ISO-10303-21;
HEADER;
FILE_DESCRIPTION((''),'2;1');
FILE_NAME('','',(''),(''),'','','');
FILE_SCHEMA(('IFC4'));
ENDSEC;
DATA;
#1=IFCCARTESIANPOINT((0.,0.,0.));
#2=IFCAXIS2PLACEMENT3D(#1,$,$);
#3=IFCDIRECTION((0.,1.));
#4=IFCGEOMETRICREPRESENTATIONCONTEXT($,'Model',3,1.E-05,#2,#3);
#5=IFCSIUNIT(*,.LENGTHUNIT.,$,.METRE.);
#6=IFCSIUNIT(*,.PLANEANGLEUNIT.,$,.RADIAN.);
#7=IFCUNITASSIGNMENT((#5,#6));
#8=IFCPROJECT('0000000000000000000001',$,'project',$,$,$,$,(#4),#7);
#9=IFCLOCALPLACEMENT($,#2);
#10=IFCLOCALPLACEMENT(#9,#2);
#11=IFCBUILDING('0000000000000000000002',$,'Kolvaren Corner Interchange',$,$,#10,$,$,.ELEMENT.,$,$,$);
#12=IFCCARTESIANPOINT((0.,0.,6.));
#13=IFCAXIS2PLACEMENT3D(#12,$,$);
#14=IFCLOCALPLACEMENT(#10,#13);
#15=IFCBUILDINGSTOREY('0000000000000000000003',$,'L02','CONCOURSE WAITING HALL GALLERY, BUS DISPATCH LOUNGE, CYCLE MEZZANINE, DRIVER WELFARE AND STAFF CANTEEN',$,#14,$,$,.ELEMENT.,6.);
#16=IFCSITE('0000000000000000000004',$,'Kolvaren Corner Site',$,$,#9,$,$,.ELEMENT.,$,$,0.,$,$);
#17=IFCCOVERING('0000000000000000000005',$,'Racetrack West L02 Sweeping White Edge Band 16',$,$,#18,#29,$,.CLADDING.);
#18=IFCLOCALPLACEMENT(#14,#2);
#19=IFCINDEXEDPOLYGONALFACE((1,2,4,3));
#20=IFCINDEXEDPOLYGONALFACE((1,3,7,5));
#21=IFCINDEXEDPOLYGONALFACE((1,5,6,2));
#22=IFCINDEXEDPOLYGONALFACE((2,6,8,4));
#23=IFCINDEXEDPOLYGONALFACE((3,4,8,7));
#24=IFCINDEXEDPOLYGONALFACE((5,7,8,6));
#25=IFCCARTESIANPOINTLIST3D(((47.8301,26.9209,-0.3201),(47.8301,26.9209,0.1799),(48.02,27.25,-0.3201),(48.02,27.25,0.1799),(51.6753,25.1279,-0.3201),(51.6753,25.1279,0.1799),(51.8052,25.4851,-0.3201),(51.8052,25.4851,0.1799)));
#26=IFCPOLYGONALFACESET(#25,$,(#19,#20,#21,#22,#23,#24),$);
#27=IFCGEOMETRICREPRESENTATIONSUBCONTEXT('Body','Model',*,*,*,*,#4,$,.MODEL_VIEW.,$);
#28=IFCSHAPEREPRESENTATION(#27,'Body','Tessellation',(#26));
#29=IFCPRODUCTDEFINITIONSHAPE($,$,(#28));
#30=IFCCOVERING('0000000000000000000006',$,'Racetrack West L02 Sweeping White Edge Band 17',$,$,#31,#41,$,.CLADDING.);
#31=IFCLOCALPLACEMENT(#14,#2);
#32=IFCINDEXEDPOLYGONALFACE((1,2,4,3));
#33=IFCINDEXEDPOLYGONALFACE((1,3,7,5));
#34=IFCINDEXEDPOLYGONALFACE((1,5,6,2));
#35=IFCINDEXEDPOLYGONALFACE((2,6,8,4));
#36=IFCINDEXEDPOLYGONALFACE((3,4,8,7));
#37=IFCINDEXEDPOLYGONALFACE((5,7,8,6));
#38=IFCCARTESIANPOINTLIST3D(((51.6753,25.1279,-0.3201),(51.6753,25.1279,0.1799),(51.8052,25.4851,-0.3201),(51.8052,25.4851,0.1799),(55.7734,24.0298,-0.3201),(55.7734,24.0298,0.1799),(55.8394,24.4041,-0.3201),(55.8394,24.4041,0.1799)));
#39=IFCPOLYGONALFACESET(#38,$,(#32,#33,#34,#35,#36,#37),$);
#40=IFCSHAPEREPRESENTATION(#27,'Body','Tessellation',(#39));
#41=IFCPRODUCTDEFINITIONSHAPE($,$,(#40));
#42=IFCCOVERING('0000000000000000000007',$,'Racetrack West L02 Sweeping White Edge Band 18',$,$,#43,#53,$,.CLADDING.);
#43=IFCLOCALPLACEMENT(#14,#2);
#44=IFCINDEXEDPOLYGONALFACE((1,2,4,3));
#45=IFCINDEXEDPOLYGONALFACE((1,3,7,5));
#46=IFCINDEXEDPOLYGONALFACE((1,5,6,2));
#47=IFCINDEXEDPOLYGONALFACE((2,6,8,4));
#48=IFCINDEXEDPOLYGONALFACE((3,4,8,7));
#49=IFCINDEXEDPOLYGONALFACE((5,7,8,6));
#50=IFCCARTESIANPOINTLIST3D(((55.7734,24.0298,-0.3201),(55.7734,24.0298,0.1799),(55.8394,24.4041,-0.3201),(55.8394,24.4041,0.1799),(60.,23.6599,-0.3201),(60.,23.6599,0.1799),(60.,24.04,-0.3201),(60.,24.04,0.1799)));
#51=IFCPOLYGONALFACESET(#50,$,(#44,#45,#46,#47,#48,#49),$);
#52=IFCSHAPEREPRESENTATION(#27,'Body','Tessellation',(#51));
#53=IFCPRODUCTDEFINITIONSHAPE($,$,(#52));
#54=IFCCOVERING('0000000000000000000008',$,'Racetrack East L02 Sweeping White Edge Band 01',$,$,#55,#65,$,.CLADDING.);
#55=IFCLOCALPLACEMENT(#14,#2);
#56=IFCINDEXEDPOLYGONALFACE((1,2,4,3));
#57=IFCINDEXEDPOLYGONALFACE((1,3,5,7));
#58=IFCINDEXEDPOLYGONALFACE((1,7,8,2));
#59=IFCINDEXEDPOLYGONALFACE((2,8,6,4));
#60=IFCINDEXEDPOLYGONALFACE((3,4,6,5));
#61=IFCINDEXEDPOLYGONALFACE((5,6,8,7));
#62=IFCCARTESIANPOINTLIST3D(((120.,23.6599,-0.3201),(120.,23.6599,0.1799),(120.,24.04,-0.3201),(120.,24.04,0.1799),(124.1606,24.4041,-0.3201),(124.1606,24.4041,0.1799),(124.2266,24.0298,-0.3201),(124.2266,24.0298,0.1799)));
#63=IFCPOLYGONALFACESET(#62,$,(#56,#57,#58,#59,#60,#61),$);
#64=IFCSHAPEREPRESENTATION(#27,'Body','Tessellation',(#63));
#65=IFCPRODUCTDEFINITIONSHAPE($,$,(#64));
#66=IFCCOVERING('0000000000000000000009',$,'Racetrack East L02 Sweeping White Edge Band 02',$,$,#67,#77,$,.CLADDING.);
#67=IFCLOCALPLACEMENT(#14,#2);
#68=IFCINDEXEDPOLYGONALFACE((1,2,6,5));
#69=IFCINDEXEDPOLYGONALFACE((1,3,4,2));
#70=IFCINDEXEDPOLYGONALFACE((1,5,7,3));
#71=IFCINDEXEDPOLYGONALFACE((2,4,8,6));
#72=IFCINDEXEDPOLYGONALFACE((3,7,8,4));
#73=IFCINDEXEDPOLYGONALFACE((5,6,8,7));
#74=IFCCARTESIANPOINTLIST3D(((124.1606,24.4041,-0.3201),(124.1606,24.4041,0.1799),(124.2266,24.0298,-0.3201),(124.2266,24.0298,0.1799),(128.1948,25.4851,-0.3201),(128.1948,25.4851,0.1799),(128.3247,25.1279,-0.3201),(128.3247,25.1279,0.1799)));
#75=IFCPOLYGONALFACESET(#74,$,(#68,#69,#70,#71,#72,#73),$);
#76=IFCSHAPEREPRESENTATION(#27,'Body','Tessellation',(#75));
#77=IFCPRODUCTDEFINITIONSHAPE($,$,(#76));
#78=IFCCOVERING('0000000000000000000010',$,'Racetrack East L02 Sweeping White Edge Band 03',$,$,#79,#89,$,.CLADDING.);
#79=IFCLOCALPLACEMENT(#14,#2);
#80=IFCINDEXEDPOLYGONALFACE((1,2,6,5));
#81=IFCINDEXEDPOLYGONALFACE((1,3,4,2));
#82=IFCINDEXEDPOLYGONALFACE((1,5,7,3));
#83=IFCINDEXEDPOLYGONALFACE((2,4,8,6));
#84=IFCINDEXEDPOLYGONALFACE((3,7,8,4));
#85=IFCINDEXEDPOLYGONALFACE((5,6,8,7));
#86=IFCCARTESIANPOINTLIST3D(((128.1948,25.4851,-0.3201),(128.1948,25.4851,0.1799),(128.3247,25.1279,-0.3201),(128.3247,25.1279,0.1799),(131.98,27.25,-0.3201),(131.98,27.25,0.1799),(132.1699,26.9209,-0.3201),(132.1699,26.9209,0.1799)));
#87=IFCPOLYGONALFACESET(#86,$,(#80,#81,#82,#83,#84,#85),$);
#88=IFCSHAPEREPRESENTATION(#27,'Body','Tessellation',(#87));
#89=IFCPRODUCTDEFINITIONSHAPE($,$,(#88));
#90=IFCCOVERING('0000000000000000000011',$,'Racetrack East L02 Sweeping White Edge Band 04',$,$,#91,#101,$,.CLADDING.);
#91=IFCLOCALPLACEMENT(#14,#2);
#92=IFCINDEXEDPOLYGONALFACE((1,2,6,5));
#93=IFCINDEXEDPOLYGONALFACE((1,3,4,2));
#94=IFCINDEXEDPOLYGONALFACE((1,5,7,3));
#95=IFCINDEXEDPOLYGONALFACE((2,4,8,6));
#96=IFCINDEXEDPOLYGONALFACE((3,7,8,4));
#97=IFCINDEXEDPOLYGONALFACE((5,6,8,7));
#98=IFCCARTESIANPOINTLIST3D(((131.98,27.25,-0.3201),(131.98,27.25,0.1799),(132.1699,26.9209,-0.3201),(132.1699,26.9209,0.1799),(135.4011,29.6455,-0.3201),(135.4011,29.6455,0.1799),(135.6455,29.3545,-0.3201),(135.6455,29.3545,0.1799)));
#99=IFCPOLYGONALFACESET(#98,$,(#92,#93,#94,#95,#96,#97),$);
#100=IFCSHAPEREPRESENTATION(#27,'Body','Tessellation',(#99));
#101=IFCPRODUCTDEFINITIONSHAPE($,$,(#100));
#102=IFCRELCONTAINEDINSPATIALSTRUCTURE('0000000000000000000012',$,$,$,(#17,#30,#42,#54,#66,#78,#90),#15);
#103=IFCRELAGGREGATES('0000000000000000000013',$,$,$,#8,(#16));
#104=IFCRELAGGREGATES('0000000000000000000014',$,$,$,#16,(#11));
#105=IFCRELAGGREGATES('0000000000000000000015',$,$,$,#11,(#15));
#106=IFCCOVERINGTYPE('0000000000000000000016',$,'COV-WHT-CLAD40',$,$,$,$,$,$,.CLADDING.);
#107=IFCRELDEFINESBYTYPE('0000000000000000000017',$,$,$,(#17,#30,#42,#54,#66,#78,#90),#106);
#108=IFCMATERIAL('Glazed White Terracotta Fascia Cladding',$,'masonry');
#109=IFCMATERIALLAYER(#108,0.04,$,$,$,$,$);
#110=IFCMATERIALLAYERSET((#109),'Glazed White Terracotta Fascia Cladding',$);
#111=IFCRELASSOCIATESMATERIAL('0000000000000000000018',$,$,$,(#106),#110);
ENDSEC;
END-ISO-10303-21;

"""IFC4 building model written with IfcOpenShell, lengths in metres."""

from ifc_helpers import new_model, si_unit, direction, frame, origin, place, context, subcontext, project, spatial, polyline, outline, extrude, material, layer, layer_set, type_object, element, save


model = new_model("IFC4")

# Units and contexts
model_context = context("Model", 3, precision=1e-05, world=origin(), true_north=direction((0.0, 1.0)))
body_context = subcontext(model_context, "Body", "Model", "MODEL_VIEW")
ifc_project = project(units=[si_unit("LENGTHUNIT", "METRE"), si_unit("PLANEANGLEUNIT", "RADIAN")], contexts=[model_context])

# Site, building, storey
site_placement = place(None, origin())
site = spatial("IfcSite", under=ifc_project, at=site_placement, Name="Kolvaren Corner Site", CompositionType="ELEMENT", RefElevation=0.0)
building_placement = place(site_placement, origin())
building = spatial("IfcBuilding", under=site, at=building_placement, Name="Kolvaren Corner Interchange", CompositionType="ELEMENT")
storey_placement = place(building_placement, frame((0.0, 0.0, 6.0)))
storey = spatial("IfcBuildingStorey", under=building, at=storey_placement, Name="L02", Description="CONCOURSE WAITING HALL GALLERY, BUS DISPATCH LOUNGE, CYCLE MEZZANINE, DRIVER WELFARE AND STAFF CANTEEN", CompositionType="ELEMENT", Elevation=6.0)

# Coverings
ifc_material = material(Name="Glazed White Terracotta Fascia Cladding", Category="masonry")
ifc_layer = layer(ifc_material, 0.04)
ifc_layer_set = layer_set([ifc_layer], Name="Glazed White Terracotta Fascia Cladding")
covering_type = type_object("IfcCoveringType", Name="COV-WHT-CLAD40", PredefinedType="CLADDING", material=ifc_layer_set)
covering_1_placement = place(storey_placement, frame((0.0, 0.0, -0.3201)))
element("IfcCovering", 1, at=covering_1_placement, inside=storey, type_object=covering_type, Name="Racetrack West L02 Sweeping White Edge Band 16", PredefinedType="CLADDING", context=body_context, shape_type="SweptSolid", body=[
    extrude(outline(polyline([(48.02, 27.25), (47.8301, 26.9209), (51.6753, 25.1279), (51.8052, 25.4851), (48.02, 27.25)])), origin(), (0.0, 0.0, 1.0), 0.5),
])
covering_2_placement = place(storey_placement, frame((0.0, 0.0, -0.3201)))
element("IfcCovering", 2, at=covering_2_placement, inside=storey, type_object=covering_type, Name="Racetrack West L02 Sweeping White Edge Band 17", PredefinedType="CLADDING", context=body_context, shape_type="SweptSolid", body=[
    extrude(outline(polyline([(51.8052, 25.4851), (51.6753, 25.1279), (55.7734, 24.0298), (55.8394, 24.4041), (51.8052, 25.4851)])), origin(), (0.0, 0.0, 1.0), 0.5),
])
covering_3_placement = place(storey_placement, frame((0.0, 0.0, -0.3201)))
element("IfcCovering", 3, at=covering_3_placement, inside=storey, type_object=covering_type, Name="Racetrack West L02 Sweeping White Edge Band 18", PredefinedType="CLADDING", context=body_context, shape_type="SweptSolid", body=[
    extrude(outline(polyline([(55.8394, 24.4041), (55.7734, 24.0298), (60.0, 23.6599), (60.0, 24.04), (55.8394, 24.4041)])), origin(), (0.0, 0.0, 1.0), 0.5),
])
covering_4_placement = place(storey_placement, frame((0.0, 0.0, -0.3201)))
element("IfcCovering", 4, at=covering_4_placement, inside=storey, type_object=covering_type, Name="Racetrack East L02 Sweeping White Edge Band 01", PredefinedType="CLADDING", context=body_context, shape_type="SweptSolid", body=[
    extrude(outline(polyline([(120.0, 24.04), (120.0, 23.6599), (124.2266, 24.0298), (124.1606, 24.4041), (120.0, 24.04)])), origin(), (0.0, 0.0, 1.0), 0.5),
])
covering_5_placement = place(storey_placement, frame((0.0, 0.0, -0.3201)))
element("IfcCovering", 5, at=covering_5_placement, inside=storey, type_object=covering_type, Name="Racetrack East L02 Sweeping White Edge Band 02", PredefinedType="CLADDING", context=body_context, shape_type="SweptSolid", body=[
    extrude(outline(polyline([(124.1606, 24.4041), (124.2266, 24.0298), (128.3247, 25.1279), (128.1948, 25.4851), (124.1606, 24.4041)])), origin(), (0.0, 0.0, 1.0), 0.5),
])
covering_6_placement = place(storey_placement, frame((0.0, 0.0, -0.3201)))
element("IfcCovering", 6, at=covering_6_placement, inside=storey, type_object=covering_type, Name="Racetrack East L02 Sweeping White Edge Band 03", PredefinedType="CLADDING", context=body_context, shape_type="SweptSolid", body=[
    extrude(outline(polyline([(128.1948, 25.4851), (128.3247, 25.1279), (132.1699, 26.9209), (131.98, 27.25), (128.1948, 25.4851)])), origin(), (0.0, 0.0, 1.0), 0.5),
])
covering_7_placement = place(storey_placement, frame((0.0, 0.0, -0.3201)))
element("IfcCovering", 7, at=covering_7_placement, inside=storey, type_object=covering_type, Name="Racetrack East L02 Sweeping White Edge Band 04", PredefinedType="CLADDING", context=body_context, shape_type="SweptSolid", body=[
    extrude(outline(polyline([(131.98, 27.25), (132.1699, 26.9209), (135.6455, 29.3545), (135.4011, 29.6455), (131.98, 27.25)])), origin(), (0.0, 0.0, 1.0), 0.5),
])

save(model, "model.ifc")
